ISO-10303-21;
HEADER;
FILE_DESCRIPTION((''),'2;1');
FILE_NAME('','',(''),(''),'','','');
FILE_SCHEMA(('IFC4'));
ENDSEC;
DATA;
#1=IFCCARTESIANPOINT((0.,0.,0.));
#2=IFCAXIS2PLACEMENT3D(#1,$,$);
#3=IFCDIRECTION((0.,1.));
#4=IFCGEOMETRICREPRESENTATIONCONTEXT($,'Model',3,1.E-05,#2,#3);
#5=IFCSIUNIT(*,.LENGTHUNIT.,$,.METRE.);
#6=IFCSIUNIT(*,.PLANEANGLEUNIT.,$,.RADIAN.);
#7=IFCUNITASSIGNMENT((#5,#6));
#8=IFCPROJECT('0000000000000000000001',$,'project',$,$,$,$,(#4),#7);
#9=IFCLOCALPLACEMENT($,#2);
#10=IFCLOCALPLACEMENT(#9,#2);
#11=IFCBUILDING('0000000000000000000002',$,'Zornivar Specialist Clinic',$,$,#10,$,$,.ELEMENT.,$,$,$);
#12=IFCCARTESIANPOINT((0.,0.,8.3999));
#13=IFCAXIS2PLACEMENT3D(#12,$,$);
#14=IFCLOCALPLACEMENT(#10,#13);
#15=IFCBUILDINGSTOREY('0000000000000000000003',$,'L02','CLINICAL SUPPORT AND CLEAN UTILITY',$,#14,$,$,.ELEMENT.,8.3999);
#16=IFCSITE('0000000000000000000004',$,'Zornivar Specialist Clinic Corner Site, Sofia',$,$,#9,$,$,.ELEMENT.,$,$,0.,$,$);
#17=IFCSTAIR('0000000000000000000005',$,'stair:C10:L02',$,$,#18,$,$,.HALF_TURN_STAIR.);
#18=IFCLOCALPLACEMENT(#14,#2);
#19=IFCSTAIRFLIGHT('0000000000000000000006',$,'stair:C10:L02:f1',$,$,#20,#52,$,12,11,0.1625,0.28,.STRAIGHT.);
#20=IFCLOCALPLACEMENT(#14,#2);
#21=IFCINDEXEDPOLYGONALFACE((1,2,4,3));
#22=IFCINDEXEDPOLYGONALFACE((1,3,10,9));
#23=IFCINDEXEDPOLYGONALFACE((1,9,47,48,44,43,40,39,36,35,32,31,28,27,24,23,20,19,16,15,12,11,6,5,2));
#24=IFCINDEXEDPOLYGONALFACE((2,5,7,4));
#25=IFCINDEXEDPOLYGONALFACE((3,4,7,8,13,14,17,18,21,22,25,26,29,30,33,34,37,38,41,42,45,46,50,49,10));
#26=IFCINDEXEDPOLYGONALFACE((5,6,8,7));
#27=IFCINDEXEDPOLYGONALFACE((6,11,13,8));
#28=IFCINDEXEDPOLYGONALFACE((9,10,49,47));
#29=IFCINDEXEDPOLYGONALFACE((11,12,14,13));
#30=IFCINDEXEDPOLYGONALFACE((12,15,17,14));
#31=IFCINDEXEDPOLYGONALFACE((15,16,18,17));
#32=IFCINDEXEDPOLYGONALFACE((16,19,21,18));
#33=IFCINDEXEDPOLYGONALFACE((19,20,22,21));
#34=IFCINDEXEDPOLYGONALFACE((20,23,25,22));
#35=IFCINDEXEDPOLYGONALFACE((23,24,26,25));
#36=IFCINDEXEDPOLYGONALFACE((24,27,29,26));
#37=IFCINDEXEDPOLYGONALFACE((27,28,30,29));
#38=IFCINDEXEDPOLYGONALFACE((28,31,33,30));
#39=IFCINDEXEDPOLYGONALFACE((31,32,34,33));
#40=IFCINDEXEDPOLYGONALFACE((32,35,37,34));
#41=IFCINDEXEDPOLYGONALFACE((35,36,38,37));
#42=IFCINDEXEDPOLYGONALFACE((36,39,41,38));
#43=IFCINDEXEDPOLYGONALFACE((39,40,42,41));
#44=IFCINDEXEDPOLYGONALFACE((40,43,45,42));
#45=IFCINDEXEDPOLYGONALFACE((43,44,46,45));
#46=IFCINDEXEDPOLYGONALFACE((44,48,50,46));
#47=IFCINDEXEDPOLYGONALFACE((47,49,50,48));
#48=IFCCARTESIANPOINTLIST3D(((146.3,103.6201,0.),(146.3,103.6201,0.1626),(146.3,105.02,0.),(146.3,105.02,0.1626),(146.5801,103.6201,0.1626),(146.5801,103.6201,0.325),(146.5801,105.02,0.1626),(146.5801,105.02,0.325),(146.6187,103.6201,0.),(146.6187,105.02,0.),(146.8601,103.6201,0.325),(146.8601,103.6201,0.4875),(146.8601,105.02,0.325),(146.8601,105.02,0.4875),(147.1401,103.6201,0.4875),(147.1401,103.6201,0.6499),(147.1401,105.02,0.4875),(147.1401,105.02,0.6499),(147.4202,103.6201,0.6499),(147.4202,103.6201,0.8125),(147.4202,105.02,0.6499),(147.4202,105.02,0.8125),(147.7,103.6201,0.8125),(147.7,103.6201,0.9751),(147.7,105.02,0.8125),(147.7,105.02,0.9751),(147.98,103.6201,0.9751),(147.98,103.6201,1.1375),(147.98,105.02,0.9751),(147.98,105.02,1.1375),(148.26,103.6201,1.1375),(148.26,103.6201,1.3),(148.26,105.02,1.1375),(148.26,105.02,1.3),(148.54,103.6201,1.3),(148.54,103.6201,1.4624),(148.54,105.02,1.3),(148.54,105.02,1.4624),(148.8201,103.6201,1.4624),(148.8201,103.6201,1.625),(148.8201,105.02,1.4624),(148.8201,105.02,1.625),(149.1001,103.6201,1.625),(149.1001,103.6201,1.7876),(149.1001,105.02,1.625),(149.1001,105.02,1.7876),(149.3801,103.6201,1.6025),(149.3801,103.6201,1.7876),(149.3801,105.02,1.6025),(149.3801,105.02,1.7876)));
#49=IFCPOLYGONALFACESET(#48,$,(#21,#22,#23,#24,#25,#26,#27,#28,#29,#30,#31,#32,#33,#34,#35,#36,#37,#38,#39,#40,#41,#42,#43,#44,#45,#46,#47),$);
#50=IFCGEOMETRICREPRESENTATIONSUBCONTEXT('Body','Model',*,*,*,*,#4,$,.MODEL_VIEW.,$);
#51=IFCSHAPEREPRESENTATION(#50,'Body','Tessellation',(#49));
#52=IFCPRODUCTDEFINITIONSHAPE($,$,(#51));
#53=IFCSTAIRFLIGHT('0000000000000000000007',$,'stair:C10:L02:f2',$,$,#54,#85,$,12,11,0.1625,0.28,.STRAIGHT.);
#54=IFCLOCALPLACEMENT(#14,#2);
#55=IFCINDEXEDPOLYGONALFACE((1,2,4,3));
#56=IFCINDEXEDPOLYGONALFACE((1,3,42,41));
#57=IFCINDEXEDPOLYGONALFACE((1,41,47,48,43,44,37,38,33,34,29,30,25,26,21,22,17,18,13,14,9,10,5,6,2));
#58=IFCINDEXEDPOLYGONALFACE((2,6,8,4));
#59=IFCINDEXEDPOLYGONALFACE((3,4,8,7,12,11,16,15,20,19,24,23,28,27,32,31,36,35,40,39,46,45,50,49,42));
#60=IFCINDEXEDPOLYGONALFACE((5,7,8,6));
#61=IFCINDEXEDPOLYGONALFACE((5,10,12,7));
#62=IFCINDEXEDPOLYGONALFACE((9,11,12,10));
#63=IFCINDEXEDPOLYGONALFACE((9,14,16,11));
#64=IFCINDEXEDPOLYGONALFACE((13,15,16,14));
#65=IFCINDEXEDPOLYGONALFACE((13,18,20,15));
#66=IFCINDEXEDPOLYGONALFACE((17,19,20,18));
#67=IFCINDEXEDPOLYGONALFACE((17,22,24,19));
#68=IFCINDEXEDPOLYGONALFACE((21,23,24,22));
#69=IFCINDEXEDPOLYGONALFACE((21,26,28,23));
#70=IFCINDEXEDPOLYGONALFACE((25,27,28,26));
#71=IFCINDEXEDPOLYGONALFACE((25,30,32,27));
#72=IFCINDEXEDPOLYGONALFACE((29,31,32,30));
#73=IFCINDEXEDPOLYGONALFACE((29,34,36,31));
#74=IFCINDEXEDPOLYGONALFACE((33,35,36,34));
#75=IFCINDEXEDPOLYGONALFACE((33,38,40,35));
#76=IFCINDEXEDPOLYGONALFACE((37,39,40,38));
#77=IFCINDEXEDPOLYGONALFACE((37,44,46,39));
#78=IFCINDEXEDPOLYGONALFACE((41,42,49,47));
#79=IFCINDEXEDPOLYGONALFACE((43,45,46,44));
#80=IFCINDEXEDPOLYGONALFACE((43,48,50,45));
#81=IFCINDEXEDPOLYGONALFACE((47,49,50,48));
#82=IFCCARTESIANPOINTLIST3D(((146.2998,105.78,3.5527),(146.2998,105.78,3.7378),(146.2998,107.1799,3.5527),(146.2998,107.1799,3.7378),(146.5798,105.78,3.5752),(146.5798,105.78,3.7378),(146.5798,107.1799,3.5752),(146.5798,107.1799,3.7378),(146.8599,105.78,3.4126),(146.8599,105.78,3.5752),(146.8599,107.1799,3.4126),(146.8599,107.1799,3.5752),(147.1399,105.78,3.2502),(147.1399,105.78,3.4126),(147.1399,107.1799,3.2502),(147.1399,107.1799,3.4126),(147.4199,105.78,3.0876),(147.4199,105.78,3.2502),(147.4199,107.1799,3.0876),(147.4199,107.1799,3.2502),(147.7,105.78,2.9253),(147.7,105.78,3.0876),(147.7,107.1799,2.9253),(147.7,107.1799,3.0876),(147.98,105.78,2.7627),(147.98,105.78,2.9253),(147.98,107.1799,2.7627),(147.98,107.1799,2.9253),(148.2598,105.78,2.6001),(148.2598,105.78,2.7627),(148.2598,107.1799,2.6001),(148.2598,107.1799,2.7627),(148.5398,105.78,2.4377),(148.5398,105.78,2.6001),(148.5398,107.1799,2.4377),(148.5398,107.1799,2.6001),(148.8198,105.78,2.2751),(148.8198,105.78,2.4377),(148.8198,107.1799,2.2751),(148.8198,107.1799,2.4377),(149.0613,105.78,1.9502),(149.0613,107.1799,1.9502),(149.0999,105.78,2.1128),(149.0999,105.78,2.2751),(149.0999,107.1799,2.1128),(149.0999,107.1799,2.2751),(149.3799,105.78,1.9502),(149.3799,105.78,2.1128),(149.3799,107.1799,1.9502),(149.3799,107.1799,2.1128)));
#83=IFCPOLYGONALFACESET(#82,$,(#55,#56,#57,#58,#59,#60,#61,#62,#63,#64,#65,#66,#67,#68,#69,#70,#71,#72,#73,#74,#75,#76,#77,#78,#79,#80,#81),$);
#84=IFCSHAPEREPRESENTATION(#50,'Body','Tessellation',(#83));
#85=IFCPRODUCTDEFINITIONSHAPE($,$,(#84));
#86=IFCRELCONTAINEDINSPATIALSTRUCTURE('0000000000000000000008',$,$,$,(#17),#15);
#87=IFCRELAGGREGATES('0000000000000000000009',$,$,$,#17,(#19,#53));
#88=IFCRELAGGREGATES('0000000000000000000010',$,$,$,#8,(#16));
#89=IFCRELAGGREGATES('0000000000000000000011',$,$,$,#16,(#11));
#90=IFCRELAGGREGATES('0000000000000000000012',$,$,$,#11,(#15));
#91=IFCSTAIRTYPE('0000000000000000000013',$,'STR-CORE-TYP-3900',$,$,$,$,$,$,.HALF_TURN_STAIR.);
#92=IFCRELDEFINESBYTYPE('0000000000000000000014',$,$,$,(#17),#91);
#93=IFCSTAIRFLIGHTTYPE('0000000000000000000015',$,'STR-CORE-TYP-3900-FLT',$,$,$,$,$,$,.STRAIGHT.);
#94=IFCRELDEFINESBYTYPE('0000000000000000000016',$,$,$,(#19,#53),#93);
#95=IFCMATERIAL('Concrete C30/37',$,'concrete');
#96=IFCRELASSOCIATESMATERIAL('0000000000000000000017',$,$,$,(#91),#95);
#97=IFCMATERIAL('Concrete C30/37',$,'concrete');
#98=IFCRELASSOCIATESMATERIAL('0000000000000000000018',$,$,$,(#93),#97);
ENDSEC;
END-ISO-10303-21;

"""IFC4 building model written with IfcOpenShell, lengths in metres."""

from ifc_helpers import new_model, si_unit, direction, frame, origin, place, context, subcontext, project, spatial, polyline, outline, extrude, material, type_object, element, aggregate, save


model = new_model("IFC4")

# Units and contexts
model_context = context("Model", 3, precision=1e-05, world=origin(), true_north=direction((0.0, 1.0)))
body_context = subcontext(model_context, "Body", "Model", "MODEL_VIEW")
ifc_project = project(units=[si_unit("LENGTHUNIT", "METRE"), si_unit("PLANEANGLEUNIT", "RADIAN")], contexts=[model_context])

# Site, building, storey
site_placement = place(None, origin())
site = spatial("IfcSite", under=ifc_project, at=site_placement, Name="Zornivar Specialist Clinic Corner Site, Sofia", CompositionType="ELEMENT", RefElevation=0.0)
building_placement = place(site_placement, origin())
building = spatial("IfcBuilding", under=site, at=building_placement, Name="Zornivar Specialist Clinic", CompositionType="ELEMENT")
storey_placement = place(building_placement, frame((0.0, 0.0, 8.3999)))
storey = spatial("IfcBuildingStorey", under=building, at=storey_placement, Name="L02", Description="CLINICAL SUPPORT AND CLEAN UTILITY", CompositionType="ELEMENT", Elevation=8.3999)

# Stair, stair flights
ifc_material_1 = material(Name="Concrete C30/37", Category="concrete")
stair_type = type_object("IfcStairType", Name="STR-CORE-TYP-3900", PredefinedType="HALF_TURN_STAIR", material=ifc_material_1)
stair_placement = place(storey_placement, origin())
stair = element("IfcStair", 1, at=stair_placement, inside=storey, type_object=stair_type, Name="stair:C10:L02", PredefinedType="HALF_TURN_STAIR")
ifc_material_2 = material(Name="Concrete C30/37", Category="concrete")
stair_flight_type = type_object("IfcStairFlightType", Name="STR-CORE-TYP-3900-FLT", PredefinedType="STRAIGHT", material=ifc_material_2)
stair_flight_1_placement = place(storey_placement, frame((146.3, 104.3201, 0.0), z_axis=(0.0, 0.0, 1.0), x_axis=(1.0, 0.0, 0.0)))
stair_flight_1 = element("IfcStairFlight", 2, at=stair_flight_1_placement, type_object=stair_flight_type, Name="stair:C10:L02:f1", NumberOfRisers=12, NumberOfTreads=11, PredefinedType="STRAIGHT", RiserHeight=0.1625, TreadLength=0.28, context=body_context, shape_type="SweptSolid", body=[
    extrude(outline(polyline([(0.0, 0.0), (0.0, 0.1626), (0.28, 0.1626), (0.28, 0.325), (0.5601, 0.325), (0.5601, 0.4875), (0.8401, 0.4875), (0.8401, 0.6499), (1.1201, 0.6499), (1.1201, 0.8125), (1.3999, 0.8125), (1.3999, 0.9751), (1.6799, 0.9751), (1.6799, 1.1375), (1.96, 1.1375), (1.96, 1.3), (2.24, 1.3), (2.24, 1.4624), (2.52, 1.4624), (2.52, 1.625), (2.8, 1.625), (2.8, 1.7876), (3.0801, 1.7876), (3.0801, 1.95), (3.0801, 1.6025), (0.3186, 0.0), (0.0, 0.0)])), frame((0.0, 0.7, 0.0), z_axis=(0.0, -1.0, 0.0), x_axis=(1.0, 0.0, 0.0)), (0.0, 0.0, 1.0), 1.3999),
])
stair_flight_2_placement = place(storey_placement, frame((149.3799, 106.48, 1.9502), z_axis=(0.0, 0.0, 1.0), x_axis=(-1.0, 0.0, 0.0)))
stair_flight_2 = element("IfcStairFlight", 3, at=stair_flight_2_placement, type_object=stair_flight_type, Name="stair:C10:L02:f2", NumberOfRisers=12, NumberOfTreads=11, PredefinedType="STRAIGHT", RiserHeight=0.1625, TreadLength=0.28, context=body_context, shape_type="SweptSolid", body=[
    extrude(outline(polyline([(0.0, 0.0), (0.0, 0.1626), (0.28, 0.1626), (0.28, 0.325), (0.5601, 0.325), (0.5601, 0.4875), (0.8401, 0.4875), (0.8401, 0.6499), (1.1201, 0.6499), (1.1201, 0.8125), (1.3999, 0.8125), (1.3999, 0.9751), (1.6799, 0.9751), (1.6799, 1.1375), (1.96, 1.1375), (1.96, 1.3), (2.24, 1.3), (2.24, 1.4624), (2.52, 1.4624), (2.52, 1.625), (2.8, 1.625), (2.8, 1.7876), (3.0801, 1.7876), (3.0801, 1.95), (3.0801, 1.6025), (0.3186, 0.0), (0.0, 0.0)])), frame((0.0, 0.7, 0.0), z_axis=(0.0, -1.0, 0.0), x_axis=(1.0, 0.0, 0.0)), (0.0, 0.0, 1.0), 1.3999),
])
aggregate(stair, [stair_flight_1, stair_flight_2])

save(model, "model.ifc")
